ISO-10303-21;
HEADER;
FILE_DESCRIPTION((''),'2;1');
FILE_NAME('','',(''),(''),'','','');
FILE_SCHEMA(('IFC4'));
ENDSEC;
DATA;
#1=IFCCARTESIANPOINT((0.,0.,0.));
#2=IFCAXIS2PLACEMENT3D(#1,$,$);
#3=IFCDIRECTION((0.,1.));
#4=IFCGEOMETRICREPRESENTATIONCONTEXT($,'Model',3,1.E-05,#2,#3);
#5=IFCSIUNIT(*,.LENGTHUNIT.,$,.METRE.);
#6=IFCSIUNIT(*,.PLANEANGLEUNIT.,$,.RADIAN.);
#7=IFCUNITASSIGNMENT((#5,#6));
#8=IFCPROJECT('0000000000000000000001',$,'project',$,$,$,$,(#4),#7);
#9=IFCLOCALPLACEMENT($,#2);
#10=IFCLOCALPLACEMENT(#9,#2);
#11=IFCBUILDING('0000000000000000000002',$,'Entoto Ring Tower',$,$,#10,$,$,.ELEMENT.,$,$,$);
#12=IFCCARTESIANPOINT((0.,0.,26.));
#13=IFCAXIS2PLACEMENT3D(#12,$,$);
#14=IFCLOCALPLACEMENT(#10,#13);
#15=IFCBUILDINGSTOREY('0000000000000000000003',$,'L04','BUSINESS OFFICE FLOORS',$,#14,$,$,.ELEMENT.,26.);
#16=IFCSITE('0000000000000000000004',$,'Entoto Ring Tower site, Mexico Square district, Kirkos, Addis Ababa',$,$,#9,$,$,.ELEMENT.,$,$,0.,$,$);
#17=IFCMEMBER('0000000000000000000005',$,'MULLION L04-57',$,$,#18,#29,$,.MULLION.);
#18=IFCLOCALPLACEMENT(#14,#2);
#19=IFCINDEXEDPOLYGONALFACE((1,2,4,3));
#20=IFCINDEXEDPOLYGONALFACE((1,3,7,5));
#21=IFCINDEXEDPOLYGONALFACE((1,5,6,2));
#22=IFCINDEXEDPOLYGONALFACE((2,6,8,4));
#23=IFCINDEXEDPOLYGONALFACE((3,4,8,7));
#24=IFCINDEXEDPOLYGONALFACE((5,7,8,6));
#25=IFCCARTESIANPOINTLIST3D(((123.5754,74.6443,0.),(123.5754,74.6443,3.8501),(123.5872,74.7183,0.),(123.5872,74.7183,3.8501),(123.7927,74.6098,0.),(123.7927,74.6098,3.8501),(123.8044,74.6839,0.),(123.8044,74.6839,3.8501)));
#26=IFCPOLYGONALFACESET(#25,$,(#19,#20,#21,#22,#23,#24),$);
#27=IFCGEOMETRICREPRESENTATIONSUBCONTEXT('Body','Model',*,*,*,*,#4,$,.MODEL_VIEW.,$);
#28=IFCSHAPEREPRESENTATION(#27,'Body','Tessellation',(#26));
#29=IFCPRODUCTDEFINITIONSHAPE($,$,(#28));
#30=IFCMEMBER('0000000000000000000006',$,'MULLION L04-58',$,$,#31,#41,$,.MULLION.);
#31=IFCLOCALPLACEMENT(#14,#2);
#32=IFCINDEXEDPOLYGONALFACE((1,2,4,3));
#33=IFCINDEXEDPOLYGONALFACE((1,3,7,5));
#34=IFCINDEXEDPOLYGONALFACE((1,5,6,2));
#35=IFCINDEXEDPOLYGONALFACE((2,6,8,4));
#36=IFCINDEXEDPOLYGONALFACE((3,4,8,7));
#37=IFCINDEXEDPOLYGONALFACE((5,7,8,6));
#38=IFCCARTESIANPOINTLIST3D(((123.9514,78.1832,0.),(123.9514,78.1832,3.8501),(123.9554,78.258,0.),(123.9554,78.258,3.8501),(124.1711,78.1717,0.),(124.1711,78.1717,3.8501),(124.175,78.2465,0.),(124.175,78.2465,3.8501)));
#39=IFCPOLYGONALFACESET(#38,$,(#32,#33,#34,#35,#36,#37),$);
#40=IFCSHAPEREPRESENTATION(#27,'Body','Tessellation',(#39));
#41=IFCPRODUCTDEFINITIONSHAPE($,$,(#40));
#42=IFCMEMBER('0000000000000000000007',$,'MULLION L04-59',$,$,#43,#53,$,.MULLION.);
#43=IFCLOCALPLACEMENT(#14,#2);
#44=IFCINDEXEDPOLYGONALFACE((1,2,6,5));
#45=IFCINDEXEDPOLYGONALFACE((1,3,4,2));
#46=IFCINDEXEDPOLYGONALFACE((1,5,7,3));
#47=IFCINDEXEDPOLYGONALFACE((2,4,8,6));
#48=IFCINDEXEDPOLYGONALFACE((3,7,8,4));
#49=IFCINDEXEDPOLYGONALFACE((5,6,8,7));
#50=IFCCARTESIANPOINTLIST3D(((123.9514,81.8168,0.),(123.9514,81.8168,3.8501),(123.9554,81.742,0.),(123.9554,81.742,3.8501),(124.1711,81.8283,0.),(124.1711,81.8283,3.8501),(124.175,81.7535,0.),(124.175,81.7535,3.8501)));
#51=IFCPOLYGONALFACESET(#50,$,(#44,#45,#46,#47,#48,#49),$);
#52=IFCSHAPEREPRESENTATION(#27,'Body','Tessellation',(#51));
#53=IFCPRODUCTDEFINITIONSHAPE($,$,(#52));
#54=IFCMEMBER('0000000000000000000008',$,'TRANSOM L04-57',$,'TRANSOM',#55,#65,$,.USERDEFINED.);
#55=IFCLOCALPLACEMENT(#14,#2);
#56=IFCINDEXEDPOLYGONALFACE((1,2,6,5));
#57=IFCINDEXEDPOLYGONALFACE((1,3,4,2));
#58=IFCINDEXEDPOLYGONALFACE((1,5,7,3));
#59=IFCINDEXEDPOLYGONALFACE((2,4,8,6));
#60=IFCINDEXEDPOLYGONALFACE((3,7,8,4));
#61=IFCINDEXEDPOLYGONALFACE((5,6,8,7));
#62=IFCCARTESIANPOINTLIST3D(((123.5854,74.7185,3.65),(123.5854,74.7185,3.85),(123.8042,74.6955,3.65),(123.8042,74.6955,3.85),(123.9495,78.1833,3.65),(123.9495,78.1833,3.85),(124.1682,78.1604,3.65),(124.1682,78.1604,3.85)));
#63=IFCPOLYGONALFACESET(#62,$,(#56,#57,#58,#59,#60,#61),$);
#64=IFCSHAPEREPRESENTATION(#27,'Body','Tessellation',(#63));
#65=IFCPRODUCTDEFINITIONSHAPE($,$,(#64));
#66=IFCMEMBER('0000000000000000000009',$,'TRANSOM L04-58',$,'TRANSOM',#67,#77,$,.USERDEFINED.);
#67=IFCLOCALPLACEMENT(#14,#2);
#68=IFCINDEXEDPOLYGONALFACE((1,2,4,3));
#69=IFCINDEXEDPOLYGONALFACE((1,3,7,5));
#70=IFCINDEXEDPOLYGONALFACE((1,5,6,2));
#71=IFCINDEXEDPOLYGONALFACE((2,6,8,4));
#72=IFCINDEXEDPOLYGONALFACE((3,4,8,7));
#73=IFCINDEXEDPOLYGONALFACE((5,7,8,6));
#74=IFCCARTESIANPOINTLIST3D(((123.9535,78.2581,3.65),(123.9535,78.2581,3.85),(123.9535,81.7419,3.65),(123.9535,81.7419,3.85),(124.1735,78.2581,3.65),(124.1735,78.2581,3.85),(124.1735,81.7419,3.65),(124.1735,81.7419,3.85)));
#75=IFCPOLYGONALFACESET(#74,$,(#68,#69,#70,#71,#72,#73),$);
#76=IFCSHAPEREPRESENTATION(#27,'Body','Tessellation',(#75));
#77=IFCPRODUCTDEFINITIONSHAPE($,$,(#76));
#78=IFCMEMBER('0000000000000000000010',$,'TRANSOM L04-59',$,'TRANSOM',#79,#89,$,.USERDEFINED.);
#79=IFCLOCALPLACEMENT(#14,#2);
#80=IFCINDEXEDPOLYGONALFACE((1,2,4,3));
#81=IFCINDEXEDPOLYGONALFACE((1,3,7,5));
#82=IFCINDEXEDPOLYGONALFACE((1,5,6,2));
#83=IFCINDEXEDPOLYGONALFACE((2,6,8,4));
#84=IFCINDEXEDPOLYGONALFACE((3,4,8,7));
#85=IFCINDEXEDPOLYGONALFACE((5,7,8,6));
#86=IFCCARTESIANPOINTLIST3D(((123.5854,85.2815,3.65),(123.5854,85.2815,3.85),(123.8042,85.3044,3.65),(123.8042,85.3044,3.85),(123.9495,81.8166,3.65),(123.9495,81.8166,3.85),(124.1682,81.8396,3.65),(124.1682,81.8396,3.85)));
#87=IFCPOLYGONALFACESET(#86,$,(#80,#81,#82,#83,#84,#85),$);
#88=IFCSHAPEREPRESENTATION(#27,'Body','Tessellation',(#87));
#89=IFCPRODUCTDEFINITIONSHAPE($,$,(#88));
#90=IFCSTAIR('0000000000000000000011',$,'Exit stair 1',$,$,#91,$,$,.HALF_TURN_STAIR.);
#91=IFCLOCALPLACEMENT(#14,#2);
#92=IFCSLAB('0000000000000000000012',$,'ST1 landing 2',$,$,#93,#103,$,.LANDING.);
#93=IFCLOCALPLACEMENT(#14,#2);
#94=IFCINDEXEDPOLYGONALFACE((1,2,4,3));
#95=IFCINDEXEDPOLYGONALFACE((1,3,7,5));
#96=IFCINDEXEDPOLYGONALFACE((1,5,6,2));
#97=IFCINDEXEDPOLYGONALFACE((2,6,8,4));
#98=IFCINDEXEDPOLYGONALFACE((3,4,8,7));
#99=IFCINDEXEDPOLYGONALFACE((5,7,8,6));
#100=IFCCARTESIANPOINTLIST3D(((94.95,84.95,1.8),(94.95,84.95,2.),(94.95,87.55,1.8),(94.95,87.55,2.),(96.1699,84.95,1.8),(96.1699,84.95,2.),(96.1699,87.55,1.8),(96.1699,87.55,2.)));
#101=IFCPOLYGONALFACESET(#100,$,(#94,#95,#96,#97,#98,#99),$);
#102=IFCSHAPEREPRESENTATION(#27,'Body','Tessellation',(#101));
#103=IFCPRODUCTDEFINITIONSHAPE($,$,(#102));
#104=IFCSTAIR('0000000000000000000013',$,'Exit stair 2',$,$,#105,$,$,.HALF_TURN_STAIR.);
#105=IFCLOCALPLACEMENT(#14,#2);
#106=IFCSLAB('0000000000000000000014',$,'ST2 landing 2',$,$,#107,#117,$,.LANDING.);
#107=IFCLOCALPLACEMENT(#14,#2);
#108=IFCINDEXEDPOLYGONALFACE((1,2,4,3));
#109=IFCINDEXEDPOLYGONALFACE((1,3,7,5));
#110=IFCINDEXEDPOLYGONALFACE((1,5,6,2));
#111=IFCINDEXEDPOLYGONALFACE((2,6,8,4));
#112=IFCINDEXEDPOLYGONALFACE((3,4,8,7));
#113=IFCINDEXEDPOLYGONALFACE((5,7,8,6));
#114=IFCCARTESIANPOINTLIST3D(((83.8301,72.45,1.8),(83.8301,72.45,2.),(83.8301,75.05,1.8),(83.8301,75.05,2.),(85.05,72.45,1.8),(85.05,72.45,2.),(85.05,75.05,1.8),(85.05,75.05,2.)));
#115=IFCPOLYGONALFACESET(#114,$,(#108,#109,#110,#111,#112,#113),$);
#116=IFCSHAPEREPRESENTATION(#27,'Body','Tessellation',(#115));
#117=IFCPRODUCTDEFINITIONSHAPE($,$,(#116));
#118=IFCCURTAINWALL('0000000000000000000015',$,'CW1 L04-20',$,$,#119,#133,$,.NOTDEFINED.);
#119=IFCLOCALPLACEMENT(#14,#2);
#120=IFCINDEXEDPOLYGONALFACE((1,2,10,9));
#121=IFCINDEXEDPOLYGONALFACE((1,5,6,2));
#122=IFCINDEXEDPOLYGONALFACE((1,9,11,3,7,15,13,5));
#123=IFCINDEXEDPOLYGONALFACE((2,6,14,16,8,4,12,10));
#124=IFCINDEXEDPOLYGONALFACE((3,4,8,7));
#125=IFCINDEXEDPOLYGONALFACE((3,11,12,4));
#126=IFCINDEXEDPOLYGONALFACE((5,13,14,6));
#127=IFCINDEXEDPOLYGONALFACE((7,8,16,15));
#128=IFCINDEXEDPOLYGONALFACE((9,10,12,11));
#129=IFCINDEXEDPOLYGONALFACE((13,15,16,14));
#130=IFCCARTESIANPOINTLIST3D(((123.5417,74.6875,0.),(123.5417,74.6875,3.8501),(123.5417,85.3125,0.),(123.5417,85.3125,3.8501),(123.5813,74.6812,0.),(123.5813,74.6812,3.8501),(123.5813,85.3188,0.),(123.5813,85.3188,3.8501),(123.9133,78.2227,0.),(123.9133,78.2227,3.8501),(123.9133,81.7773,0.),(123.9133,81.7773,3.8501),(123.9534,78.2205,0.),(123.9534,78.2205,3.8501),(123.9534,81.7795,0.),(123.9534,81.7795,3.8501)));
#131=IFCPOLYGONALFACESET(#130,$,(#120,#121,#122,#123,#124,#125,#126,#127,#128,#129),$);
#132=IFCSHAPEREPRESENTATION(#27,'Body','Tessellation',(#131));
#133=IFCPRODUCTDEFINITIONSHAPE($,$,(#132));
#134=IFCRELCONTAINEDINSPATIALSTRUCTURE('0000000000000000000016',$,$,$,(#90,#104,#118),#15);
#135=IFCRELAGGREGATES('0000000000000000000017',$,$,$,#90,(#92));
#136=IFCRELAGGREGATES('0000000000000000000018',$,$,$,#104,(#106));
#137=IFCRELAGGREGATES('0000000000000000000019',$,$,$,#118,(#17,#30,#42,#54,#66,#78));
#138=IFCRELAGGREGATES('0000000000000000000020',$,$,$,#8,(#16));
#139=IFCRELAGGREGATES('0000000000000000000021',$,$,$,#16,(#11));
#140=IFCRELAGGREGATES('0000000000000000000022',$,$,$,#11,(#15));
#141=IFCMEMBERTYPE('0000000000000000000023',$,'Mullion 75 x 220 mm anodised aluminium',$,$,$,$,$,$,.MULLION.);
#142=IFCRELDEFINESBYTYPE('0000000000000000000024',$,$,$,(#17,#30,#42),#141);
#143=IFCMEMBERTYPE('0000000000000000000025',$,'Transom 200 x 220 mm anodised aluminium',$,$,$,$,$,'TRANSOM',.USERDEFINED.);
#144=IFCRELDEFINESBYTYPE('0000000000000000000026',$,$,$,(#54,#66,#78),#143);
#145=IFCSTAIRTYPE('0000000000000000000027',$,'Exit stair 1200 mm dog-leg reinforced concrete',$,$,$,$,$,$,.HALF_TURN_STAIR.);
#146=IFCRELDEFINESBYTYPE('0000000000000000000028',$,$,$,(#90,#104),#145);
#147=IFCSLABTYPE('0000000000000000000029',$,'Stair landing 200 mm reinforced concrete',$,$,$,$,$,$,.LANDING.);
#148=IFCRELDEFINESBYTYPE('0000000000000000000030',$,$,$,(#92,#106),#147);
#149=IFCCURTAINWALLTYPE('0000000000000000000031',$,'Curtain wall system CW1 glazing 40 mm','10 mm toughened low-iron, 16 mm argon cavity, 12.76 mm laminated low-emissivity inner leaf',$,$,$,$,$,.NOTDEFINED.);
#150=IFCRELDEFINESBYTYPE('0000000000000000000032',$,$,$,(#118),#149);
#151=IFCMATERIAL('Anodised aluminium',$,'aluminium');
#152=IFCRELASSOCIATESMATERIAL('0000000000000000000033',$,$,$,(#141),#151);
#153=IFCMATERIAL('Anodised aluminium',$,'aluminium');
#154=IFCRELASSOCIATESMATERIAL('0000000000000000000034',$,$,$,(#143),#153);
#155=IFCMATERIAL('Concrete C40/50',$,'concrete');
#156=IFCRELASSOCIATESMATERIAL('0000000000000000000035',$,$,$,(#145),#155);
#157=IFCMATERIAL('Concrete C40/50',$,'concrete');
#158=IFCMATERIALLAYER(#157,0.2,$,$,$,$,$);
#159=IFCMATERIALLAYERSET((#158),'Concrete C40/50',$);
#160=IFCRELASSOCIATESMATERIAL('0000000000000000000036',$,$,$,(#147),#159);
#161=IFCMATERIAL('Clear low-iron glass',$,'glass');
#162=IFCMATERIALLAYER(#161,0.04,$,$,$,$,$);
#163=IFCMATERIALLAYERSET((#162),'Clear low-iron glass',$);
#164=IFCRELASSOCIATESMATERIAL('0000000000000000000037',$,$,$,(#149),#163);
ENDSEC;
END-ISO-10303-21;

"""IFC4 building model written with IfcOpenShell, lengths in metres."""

from ifc_helpers import new_model, si_unit, direction, frame, origin, origin_2d, place, context, subcontext, project, spatial, polyline, rectangle, outline, extrude, material, layer, layer_set, material_profile, profile_set, type_object, element, aggregate, save


model = new_model("IFC4")

# Units and contexts
model_context = context("Model", 3, precision=1e-05, world=origin(), true_north=direction((0.0, 1.0)))
body_context = subcontext(model_context, "Body", "Model", "MODEL_VIEW")
ifc_project = project(units=[si_unit("LENGTHUNIT", "METRE"), si_unit("PLANEANGLEUNIT", "RADIAN")], contexts=[model_context])

# Members
ifc_material_1 = material(Name="Anodised aluminium", Category="aluminium")
ifc_material_profile_1 = material_profile(ifc_material_1, rectangle(XDim=0.075, YDim=0.22, at=origin_2d()), Name="Mullion 75 x 220 mm anodised aluminium")
ifc_profile_set_1 = profile_set([ifc_material_profile_1], Name="Anodised aluminium")
member_type_1 = type_object("IfcMemberType", Name="Mullion 75 x 220 mm anodised aluminium", PredefinedType="MULLION", material=ifc_profile_set_1)
site_placement = place(None, origin())
building_placement = place(site_placement, origin())
storey_placement = place(building_placement, frame((0.0, 0.0, 26.0)))
member_1_placement = place(storey_placement, frame((123.6899, 74.6641, 0.0), z_axis=(0.0, 0.0, 1.0), x_axis=(0.156434, 0.987688, 0.0)))
member_1 = element("IfcMember", 1, at=member_1_placement, type_object=member_type_1, Name="MULLION L04-57", PredefinedType="MULLION", context=body_context, shape_type="SweptSolid", body=[
    extrude(rectangle(XDim=0.075, YDim=0.22, at=origin_2d()), origin(), (0.0, 0.0, 1.0), 3.8501),
])
member_2_placement = place(storey_placement, frame((124.0632, 78.2148, 0.0), z_axis=(0.0, 0.0, 1.0), x_axis=(0.052336, 0.99863, 0.0)))
member_2 = element("IfcMember", 2, at=member_2_placement, type_object=member_type_1, Name="MULLION L04-58", PredefinedType="MULLION", context=body_context, shape_type="SweptSolid", body=[
    extrude(rectangle(XDim=0.075, YDim=0.22, at=origin_2d()), origin(), (0.0, 0.0, 1.0), 3.8501),
])
member_3_placement = place(storey_placement, frame((124.0632, 81.7852, 0.0), z_axis=(0.0, 0.0, 1.0), x_axis=(-0.052336, 0.99863, 0.0)))
member_3 = element("IfcMember", 3, at=member_3_placement, type_object=member_type_1, Name="MULLION L04-59", PredefinedType="MULLION", context=body_context, shape_type="SweptSolid", body=[
    extrude(rectangle(XDim=0.075, YDim=0.22, at=origin_2d()), origin(), (0.0, 0.0, 1.0), 3.8501),
])
ifc_material_2 = material(Name="Anodised aluminium", Category="aluminium")
ifc_material_profile_2 = material_profile(ifc_material_2, rectangle(XDim=0.22, YDim=0.2, at=origin_2d()), Name="Transom 200 x 220 mm anodised aluminium")
ifc_profile_set_2 = profile_set([ifc_material_profile_2], Name="Anodised aluminium")
member_type_2 = type_object("IfcMemberType", Name="Transom 200 x 220 mm anodised aluminium", ElementType="TRANSOM", PredefinedType="USERDEFINED", material=ifc_profile_set_2)
member_4_placement = place(storey_placement, frame((123.6948, 74.707, 3.75), z_axis=(0.104484, 0.994527, 0.0), x_axis=(-0.994527, 0.104484, 0.0)))
member_4 = element("IfcMember", 4, at=member_4_placement, type_object=member_type_2, Name="TRANSOM L04-57", ObjectType="TRANSOM", PredefinedType="USERDEFINED", context=body_context, shape_type="SweptSolid", body=[
    extrude(rectangle(XDim=0.22, YDim=0.2, at=origin_2d()), origin(), (0.0, 0.0, 1.0), 3.4839),
])
member_5_placement = place(storey_placement, frame((124.0635, 78.2581, 3.75), z_axis=(0.0, 1.0, 0.0), x_axis=(-1.0, 0.0, 0.0)))
member_5 = element("IfcMember", 5, at=member_5_placement, type_object=member_type_2, Name="TRANSOM L04-58", ObjectType="TRANSOM", PredefinedType="USERDEFINED", context=body_context, shape_type="SweptSolid", body=[
    extrude(rectangle(XDim=0.22, YDim=0.2, at=origin_2d()), origin(), (0.0, 0.0, 1.0), 3.4839),
])
member_6_placement = place(storey_placement, frame((124.0588, 81.8281, 3.75), z_axis=(-0.104484, 0.994527, 0.0), x_axis=(-0.994527, -0.104484, 0.0)))
member_6 = element("IfcMember", 6, at=member_6_placement, type_object=member_type_2, Name="TRANSOM L04-59", ObjectType="TRANSOM", PredefinedType="USERDEFINED", context=body_context, shape_type="SweptSolid", body=[
    extrude(rectangle(XDim=0.22, YDim=0.2, at=origin_2d()), origin(), (0.0, 0.0, 1.0), 3.4839),
])

# Site, building, storey
site = spatial("IfcSite", under=ifc_project, at=site_placement, Name="Entoto Ring Tower site, Mexico Square district, Kirkos, Addis Ababa", CompositionType="ELEMENT", RefElevation=0.0)
building = spatial("IfcBuilding", under=site, at=building_placement, Name="Entoto Ring Tower", CompositionType="ELEMENT")
storey = spatial("IfcBuildingStorey", under=building, at=storey_placement, Name="L04", Description="BUSINESS OFFICE FLOORS", CompositionType="ELEMENT", Elevation=26.0)

# Stairs, slabs
ifc_material_3 = material(Name="Concrete C40/50", Category="concrete")
stair_type = type_object("IfcStairType", Name="Exit stair 1200 mm dog-leg reinforced concrete", PredefinedType="HALF_TURN_STAIR", material=ifc_material_3)
stair_1_placement = place(storey_placement, origin())
stair_1 = element("IfcStair", 7, at=stair_1_placement, inside=storey, type_object=stair_type, Name="Exit stair 1", PredefinedType="HALF_TURN_STAIR")
ifc_material_4 = material(Name="Concrete C40/50", Category="concrete")
ifc_layer_1 = layer(ifc_material_4, 0.2)
ifc_layer_set_1 = layer_set([ifc_layer_1], Name="Concrete C40/50")
slab_type = type_object("IfcSlabType", Name="Stair landing 200 mm reinforced concrete", PredefinedType="LANDING", material=ifc_layer_set_1)
slab_1_placement = place(storey_placement, frame((0.0, 0.0, 1.8)))
slab_1 = element("IfcSlab", 8, at=slab_1_placement, type_object=slab_type, Name="ST1 landing 2", PredefinedType="LANDING", context=body_context, shape_type="SweptSolid", body=[
    extrude(outline(polyline([(94.95, 84.95), (96.1699, 84.95), (96.1699, 87.55), (94.95, 87.55), (94.95, 84.95)])), origin(), (0.0, 0.0, 1.0), 0.2),
])
aggregate(stair_1, [slab_1])
stair_2_placement = place(storey_placement, origin())
stair_2 = element("IfcStair", 9, at=stair_2_placement, inside=storey, type_object=stair_type, Name="Exit stair 2", PredefinedType="HALF_TURN_STAIR")
slab_2_placement = place(storey_placement, frame((0.0, 0.0, 1.8)))
slab_2 = element("IfcSlab", 10, at=slab_2_placement, type_object=slab_type, Name="ST2 landing 2", PredefinedType="LANDING", context=body_context, shape_type="SweptSolid", body=[
    extrude(outline(polyline([(83.8301, 72.45), (85.05, 72.45), (85.05, 75.05), (83.8301, 75.05), (83.8301, 72.45)])), origin(), (0.0, 0.0, 1.0), 0.2),
])
aggregate(stair_2, [slab_2])

# Curtain wall
ifc_material_5 = material(Name="Clear low-iron glass", Category="glass")
ifc_layer_2 = layer(ifc_material_5, 0.04)
ifc_layer_set_2 = layer_set([ifc_layer_2], Name="Clear low-iron glass")
curtain_wall_type = type_object("IfcCurtainWallType", Name="Curtain wall system CW1 glazing 40 mm", Description="10 mm toughened low-iron, 16 mm argon cavity, 12.76 mm laminated low-emissivity inner leaf", PredefinedType="NOTDEFINED", material=ifc_layer_set_2)
curtain_wall_1_placement = place(storey_placement, origin())
curtain_wall_1 = element("IfcCurtainWall", 11, at=curtain_wall_1_placement, inside=storey, type_object=curtain_wall_type, Name="CW1 L04-20", PredefinedType="NOTDEFINED", context=body_context, shape_type="SweptSolid", body=[
    extrude(outline(polyline([(123.5813, 74.6812), (123.9534, 78.2205), (123.9534, 81.7795), (123.5813, 85.3188), (123.5417, 85.3125), (123.9133, 81.7773), (123.9133, 78.2227), (123.5417, 74.6875), (123.5813, 74.6812)])), origin(), (0.0, 0.0, 1.0), 3.8501),
])
aggregate(curtain_wall_1, [member_1, member_2, member_3, member_4, member_5, member_6])

save(model, "model.ifc")
